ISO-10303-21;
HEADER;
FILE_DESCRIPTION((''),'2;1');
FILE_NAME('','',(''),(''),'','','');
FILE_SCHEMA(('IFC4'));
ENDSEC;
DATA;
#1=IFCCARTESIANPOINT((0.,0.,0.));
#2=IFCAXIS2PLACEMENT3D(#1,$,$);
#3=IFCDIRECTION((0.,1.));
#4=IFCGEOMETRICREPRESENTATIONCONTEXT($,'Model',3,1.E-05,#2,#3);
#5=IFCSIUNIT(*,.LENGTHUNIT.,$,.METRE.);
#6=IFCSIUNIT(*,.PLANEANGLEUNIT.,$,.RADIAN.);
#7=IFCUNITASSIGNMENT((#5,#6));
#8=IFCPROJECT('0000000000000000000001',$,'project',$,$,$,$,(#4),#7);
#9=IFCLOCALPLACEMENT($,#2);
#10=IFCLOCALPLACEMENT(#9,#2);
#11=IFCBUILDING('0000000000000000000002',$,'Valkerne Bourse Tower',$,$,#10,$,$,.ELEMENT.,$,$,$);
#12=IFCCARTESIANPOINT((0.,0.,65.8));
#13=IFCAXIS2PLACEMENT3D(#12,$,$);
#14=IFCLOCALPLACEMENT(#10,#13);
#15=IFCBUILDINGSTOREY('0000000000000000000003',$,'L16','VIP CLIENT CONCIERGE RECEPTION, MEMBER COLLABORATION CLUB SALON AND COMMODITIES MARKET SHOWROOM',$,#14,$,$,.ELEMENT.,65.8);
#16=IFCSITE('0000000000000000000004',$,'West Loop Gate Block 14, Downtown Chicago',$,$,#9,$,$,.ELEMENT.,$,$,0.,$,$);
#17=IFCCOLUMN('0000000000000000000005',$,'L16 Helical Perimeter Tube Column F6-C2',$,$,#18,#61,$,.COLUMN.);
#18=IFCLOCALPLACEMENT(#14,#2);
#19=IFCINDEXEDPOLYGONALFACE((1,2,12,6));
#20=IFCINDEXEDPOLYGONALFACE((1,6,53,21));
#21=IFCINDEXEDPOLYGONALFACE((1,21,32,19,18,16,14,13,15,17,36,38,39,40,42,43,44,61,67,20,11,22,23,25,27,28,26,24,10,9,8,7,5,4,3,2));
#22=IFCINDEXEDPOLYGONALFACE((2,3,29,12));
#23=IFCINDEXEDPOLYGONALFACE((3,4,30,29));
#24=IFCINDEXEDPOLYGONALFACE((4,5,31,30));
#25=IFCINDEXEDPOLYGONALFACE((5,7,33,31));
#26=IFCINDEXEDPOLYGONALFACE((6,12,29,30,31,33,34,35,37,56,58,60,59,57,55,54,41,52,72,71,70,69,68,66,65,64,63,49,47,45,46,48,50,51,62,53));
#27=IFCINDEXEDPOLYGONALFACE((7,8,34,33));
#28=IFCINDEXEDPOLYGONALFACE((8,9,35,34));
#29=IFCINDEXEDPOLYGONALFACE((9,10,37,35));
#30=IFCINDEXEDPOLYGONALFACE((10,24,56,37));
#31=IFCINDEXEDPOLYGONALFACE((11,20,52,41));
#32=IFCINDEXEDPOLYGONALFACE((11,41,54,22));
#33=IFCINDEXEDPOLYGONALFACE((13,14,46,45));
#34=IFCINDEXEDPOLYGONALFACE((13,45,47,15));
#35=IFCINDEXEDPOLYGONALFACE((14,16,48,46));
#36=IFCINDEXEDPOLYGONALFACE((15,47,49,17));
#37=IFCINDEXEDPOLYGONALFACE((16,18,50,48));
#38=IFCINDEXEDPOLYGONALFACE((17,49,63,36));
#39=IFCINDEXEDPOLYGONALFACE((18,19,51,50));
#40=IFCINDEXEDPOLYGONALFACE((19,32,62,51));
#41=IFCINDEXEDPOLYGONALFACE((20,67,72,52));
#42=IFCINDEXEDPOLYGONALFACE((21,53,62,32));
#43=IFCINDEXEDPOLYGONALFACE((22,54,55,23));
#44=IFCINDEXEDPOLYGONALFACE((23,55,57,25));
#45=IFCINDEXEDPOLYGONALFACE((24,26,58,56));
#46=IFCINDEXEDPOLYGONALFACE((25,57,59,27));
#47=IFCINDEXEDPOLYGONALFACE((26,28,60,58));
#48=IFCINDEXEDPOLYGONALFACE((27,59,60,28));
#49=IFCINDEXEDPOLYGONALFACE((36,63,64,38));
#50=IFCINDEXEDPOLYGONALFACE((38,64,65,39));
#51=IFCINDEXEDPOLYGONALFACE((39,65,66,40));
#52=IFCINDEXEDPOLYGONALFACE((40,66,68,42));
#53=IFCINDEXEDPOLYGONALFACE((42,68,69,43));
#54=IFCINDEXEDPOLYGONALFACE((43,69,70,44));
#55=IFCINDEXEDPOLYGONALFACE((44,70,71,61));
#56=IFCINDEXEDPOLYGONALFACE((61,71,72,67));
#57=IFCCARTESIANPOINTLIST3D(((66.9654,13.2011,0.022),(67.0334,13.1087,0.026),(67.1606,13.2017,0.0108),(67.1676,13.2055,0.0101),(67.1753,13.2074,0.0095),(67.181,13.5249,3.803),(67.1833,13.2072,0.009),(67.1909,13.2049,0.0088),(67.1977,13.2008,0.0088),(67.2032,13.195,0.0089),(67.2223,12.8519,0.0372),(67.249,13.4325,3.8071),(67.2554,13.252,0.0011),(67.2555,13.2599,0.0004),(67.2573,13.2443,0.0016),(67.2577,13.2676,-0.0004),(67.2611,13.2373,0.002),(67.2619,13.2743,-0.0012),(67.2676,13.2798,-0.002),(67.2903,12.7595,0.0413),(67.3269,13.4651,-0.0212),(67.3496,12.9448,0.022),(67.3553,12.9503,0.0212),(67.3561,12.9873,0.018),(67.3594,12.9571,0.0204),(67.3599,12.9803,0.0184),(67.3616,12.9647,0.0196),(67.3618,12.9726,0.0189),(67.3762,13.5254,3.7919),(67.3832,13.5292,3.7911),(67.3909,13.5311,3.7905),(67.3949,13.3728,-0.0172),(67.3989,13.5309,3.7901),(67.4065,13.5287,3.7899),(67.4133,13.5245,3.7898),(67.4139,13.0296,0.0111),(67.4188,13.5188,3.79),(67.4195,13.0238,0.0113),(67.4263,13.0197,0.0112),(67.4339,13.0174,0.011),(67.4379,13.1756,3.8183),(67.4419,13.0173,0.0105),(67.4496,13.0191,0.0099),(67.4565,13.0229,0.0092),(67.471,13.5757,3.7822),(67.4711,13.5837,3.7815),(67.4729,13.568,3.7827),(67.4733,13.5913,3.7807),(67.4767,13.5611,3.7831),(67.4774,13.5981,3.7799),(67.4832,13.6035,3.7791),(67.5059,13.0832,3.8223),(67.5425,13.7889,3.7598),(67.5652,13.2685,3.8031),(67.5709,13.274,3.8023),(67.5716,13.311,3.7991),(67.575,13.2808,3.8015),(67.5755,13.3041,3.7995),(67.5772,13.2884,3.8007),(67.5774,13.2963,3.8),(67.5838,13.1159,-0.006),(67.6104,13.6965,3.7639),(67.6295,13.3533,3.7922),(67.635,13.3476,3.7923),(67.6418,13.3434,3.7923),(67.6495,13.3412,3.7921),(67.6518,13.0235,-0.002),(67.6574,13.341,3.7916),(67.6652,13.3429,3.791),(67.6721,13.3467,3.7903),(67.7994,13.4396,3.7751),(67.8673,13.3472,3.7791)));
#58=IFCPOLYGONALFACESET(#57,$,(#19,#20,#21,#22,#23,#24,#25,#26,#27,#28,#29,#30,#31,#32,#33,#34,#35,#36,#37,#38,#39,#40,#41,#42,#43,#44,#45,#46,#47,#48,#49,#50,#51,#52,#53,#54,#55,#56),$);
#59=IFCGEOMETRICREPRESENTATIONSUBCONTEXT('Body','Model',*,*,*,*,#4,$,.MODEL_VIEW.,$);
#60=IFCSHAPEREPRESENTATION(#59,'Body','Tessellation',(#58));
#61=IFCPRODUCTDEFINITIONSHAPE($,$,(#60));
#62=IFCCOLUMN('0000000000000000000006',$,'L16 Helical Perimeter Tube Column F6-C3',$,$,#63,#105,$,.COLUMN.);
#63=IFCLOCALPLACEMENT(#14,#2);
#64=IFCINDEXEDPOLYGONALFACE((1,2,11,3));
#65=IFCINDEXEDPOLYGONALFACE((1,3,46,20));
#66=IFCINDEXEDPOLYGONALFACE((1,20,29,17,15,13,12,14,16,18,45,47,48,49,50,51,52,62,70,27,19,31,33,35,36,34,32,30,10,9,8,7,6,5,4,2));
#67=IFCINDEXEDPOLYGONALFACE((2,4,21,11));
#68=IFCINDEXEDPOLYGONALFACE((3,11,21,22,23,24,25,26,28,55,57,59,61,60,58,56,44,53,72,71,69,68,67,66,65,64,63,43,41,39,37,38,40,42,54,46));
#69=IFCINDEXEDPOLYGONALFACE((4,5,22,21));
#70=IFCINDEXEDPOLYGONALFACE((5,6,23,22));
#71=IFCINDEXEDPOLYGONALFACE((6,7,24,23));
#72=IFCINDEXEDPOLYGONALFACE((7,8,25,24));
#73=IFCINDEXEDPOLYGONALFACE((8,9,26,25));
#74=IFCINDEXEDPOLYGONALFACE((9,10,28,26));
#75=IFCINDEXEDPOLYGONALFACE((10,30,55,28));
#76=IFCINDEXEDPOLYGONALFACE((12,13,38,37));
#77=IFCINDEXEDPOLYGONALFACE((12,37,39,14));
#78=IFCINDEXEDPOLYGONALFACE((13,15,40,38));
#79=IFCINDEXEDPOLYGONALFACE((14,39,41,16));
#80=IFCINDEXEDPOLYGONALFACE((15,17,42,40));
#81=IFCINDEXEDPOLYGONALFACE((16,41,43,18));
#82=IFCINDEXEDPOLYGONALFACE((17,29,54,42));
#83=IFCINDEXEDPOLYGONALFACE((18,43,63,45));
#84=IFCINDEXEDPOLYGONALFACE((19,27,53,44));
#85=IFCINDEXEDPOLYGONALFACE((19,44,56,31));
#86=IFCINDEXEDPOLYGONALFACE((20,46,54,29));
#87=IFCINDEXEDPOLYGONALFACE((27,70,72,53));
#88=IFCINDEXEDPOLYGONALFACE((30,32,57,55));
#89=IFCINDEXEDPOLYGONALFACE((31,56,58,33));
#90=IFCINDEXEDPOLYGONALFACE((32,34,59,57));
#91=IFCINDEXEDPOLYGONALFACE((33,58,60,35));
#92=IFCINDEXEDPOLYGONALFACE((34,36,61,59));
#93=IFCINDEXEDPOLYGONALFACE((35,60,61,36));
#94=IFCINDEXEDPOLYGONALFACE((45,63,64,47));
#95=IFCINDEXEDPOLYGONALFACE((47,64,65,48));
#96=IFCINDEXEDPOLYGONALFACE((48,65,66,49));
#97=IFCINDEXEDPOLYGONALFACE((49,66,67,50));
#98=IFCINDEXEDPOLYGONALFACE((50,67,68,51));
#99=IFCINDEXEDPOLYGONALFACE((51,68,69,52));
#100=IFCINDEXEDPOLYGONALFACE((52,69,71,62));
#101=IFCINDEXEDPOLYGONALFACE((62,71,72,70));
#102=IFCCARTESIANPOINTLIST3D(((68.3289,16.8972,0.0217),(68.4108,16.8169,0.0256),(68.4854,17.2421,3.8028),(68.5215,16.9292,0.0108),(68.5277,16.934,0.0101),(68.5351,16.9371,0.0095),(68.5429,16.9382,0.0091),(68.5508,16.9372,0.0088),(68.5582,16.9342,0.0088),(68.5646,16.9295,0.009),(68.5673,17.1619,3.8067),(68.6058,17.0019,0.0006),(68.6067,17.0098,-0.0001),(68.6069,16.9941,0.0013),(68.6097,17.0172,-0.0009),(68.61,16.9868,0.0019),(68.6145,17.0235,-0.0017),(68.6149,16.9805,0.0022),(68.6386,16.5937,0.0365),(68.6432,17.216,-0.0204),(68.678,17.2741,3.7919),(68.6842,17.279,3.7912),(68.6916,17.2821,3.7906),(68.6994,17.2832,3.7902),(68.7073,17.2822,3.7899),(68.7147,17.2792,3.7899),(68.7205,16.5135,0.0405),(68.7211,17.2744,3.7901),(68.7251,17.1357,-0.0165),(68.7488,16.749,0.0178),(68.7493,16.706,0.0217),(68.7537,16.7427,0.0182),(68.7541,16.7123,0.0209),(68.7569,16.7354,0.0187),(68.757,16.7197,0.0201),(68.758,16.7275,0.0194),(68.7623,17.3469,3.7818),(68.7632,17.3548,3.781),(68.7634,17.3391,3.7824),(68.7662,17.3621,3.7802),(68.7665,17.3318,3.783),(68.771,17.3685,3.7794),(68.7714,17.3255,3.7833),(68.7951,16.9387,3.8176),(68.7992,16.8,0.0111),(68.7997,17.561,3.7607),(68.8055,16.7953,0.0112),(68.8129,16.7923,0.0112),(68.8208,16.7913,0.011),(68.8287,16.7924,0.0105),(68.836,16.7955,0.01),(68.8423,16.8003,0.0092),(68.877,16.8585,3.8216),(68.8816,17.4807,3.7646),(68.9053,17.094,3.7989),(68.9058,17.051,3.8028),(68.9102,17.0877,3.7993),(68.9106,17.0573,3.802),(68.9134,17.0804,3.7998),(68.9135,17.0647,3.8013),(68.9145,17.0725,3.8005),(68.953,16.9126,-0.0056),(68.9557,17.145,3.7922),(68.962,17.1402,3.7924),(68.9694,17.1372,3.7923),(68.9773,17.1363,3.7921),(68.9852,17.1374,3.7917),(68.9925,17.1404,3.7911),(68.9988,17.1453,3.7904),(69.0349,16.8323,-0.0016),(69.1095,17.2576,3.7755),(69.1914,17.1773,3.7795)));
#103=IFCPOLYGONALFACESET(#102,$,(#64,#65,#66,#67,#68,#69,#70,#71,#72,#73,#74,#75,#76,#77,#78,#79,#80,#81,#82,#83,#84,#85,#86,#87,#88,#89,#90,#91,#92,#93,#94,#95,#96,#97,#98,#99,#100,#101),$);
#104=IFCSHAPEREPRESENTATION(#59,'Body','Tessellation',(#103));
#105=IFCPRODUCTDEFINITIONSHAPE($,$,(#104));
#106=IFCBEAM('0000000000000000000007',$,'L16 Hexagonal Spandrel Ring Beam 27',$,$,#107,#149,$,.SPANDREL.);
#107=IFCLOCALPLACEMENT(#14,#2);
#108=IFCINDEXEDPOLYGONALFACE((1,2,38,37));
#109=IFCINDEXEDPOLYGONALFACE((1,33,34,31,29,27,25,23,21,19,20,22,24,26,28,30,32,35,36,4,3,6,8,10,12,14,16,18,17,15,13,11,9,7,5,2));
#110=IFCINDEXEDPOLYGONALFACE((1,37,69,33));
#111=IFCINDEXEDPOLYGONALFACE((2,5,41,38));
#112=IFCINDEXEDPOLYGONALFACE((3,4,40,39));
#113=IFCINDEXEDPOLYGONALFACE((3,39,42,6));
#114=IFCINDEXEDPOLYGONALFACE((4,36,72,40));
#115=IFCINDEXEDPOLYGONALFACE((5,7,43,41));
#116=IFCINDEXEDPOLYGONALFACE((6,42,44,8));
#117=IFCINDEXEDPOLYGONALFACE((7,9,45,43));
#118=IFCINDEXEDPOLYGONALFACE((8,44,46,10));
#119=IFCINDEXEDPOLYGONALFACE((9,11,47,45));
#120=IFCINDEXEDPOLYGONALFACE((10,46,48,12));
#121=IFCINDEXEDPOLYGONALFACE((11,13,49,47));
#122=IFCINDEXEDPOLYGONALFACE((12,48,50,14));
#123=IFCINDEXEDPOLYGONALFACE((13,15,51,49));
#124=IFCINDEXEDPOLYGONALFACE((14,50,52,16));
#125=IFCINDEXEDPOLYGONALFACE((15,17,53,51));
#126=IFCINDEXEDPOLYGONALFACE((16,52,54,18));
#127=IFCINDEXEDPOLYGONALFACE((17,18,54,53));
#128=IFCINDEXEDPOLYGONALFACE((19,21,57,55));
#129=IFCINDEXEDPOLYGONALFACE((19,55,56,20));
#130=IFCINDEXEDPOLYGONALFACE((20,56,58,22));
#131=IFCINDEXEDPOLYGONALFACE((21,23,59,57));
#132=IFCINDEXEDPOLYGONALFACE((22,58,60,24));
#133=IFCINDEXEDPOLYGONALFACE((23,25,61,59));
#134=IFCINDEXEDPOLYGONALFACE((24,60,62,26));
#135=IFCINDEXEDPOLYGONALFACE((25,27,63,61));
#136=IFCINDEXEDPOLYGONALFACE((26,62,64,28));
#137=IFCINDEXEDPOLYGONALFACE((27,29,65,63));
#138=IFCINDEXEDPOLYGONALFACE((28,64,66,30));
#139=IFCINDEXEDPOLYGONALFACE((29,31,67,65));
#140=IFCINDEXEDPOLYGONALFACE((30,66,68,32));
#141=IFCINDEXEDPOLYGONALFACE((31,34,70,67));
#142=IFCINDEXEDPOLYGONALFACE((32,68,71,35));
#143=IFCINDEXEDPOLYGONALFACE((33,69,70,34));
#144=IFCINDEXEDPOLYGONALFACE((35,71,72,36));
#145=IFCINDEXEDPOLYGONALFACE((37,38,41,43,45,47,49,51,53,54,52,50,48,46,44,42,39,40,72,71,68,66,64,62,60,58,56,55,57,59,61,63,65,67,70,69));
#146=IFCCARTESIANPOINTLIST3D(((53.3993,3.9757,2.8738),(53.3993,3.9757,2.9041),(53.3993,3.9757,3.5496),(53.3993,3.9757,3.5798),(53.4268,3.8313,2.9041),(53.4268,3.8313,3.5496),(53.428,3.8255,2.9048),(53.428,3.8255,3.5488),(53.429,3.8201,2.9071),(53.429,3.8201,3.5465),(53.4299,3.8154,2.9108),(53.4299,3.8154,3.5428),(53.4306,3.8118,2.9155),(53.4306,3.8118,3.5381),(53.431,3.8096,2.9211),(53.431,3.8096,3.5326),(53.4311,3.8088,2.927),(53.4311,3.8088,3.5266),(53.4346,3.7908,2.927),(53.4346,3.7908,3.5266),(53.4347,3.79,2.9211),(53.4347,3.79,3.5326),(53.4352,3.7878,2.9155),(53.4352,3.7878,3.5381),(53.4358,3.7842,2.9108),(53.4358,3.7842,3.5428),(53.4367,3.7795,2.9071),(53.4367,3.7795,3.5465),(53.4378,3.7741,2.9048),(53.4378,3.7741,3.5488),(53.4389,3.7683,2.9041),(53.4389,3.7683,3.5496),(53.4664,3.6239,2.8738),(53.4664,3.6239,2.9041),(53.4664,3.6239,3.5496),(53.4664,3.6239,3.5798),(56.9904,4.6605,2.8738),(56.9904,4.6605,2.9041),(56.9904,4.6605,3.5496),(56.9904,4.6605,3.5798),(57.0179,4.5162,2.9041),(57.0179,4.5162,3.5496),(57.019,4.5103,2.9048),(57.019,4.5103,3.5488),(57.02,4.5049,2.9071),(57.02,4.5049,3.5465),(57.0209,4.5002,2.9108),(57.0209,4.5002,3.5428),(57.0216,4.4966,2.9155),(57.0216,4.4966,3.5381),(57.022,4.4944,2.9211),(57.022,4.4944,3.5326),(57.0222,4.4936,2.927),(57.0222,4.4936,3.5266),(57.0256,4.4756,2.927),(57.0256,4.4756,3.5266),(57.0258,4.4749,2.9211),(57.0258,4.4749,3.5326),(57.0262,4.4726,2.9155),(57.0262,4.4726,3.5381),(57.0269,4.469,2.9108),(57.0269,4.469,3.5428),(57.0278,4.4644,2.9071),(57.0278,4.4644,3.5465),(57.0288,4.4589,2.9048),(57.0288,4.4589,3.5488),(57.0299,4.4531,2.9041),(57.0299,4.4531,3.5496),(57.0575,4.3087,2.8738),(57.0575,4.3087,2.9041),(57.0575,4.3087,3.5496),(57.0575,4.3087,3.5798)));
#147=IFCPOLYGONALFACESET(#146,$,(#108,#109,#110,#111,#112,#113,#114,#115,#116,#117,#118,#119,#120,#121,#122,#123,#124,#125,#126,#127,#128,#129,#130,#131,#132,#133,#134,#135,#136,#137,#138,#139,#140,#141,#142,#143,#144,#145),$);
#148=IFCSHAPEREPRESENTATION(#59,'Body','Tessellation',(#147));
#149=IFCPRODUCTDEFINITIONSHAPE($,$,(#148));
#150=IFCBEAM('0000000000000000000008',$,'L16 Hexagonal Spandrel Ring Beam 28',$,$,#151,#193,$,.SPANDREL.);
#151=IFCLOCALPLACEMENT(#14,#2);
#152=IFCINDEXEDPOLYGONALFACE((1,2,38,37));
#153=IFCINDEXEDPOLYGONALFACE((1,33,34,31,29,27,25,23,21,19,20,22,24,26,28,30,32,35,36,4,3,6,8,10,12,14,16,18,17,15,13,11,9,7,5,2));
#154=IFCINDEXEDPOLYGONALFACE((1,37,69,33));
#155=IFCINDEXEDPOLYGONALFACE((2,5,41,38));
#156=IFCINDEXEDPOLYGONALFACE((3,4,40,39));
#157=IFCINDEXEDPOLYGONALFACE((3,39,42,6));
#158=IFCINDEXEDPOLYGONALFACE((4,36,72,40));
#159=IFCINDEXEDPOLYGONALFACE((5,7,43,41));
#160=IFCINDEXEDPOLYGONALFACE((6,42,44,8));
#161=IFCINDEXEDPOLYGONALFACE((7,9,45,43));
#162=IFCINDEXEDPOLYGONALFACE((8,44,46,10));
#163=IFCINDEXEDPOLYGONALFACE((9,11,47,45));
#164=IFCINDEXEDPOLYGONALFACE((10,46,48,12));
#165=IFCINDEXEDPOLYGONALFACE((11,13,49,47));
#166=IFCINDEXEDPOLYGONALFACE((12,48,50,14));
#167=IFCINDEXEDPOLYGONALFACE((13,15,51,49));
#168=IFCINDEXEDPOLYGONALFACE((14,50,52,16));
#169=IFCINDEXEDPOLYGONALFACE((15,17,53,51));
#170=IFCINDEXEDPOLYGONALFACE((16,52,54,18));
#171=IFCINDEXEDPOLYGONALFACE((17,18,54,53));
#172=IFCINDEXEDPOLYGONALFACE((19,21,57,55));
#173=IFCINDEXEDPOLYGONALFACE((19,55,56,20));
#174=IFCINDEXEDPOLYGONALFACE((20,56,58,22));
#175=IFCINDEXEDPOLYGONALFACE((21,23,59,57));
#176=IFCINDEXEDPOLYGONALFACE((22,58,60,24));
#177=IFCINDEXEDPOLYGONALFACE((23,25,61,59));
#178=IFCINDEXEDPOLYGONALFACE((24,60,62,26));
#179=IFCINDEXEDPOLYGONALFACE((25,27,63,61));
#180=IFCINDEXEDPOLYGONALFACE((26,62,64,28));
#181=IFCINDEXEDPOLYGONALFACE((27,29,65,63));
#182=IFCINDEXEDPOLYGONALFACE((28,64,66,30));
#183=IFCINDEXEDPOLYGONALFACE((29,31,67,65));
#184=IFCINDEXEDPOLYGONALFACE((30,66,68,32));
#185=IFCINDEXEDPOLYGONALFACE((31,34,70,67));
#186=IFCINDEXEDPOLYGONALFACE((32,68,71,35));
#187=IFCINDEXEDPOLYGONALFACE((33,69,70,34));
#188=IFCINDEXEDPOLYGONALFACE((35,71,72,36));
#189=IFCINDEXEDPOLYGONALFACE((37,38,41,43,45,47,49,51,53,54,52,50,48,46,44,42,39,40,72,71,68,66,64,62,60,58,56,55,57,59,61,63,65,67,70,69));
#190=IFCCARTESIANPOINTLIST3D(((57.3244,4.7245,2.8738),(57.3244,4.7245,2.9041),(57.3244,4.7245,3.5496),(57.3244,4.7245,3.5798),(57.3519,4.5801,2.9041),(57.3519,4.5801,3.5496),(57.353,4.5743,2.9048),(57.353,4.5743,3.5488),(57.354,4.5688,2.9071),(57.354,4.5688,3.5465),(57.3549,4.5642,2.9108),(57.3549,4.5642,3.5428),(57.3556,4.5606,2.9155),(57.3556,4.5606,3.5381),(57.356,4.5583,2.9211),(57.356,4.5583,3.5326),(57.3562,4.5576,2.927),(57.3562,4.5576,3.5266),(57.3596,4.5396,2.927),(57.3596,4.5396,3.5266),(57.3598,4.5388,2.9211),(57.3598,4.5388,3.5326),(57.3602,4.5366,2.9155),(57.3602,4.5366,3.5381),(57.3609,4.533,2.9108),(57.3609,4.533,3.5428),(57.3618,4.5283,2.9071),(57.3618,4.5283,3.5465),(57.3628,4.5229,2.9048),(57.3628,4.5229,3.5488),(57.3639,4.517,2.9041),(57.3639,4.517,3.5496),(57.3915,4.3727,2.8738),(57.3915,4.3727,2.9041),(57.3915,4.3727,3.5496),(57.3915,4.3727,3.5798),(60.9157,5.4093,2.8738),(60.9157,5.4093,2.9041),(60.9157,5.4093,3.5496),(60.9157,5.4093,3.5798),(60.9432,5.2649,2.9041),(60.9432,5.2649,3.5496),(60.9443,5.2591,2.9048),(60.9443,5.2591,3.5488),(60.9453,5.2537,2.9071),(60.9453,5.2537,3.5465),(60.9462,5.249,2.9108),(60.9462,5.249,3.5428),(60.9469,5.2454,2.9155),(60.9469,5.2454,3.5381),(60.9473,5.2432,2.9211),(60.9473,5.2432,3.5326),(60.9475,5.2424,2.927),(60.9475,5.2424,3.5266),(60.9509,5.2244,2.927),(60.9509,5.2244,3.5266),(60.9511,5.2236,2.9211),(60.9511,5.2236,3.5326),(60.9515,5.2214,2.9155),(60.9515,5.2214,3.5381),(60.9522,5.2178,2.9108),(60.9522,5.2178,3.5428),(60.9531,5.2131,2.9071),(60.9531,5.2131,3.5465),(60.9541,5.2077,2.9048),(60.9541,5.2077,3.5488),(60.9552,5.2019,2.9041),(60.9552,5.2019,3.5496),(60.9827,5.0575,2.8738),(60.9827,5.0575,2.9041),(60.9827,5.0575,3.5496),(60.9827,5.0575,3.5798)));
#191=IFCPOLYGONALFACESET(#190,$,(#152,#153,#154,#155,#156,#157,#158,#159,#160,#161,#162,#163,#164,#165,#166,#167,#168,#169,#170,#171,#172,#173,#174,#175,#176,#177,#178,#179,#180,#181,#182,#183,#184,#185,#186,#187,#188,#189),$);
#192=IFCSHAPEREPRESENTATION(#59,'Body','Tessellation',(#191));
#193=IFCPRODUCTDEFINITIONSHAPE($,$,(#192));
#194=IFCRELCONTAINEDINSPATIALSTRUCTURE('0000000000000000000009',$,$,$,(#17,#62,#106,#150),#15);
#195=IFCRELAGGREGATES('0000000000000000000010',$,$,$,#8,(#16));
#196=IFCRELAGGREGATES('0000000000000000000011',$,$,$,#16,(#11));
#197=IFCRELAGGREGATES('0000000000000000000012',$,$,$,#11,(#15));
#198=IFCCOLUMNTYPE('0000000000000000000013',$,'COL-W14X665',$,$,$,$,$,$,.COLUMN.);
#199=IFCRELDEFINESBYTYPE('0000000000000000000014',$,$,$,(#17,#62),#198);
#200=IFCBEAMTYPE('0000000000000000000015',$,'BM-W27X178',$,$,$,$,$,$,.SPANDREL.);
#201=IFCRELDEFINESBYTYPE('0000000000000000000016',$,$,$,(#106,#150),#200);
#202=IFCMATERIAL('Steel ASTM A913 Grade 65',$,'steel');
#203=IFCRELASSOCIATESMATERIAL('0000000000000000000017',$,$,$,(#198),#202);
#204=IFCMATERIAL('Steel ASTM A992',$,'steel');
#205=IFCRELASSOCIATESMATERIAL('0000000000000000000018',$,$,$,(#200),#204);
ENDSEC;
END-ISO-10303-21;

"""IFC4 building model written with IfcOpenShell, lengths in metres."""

from ifc_helpers import new_model, si_unit, direction, frame, origin, origin_2d, place, context, subcontext, project, spatial, i_section, extrude, material, material_profile, profile_set, type_object, element, save


model = new_model("IFC4")

# Units and contexts
model_context = context("Model", 3, precision=1e-05, world=origin(), true_north=direction((0.0, 1.0)))
body_context = subcontext(model_context, "Body", "Model", "MODEL_VIEW")
ifc_project = project(units=[si_unit("LENGTHUNIT", "METRE"), si_unit("PLANEANGLEUNIT", "RADIAN")], contexts=[model_context])

# Site, building, storey
site_placement = place(None, origin())
site = spatial("IfcSite", under=ifc_project, at=site_placement, Name="West Loop Gate Block 14, Downtown Chicago", CompositionType="ELEMENT", RefElevation=0.0)
building_placement = place(site_placement, origin())
building = spatial("IfcBuilding", under=site, at=building_placement, Name="Valkerne Bourse Tower", CompositionType="ELEMENT")
storey_placement = place(building_placement, frame((0.0, 0.0, 65.8)))
storey = spatial("IfcBuildingStorey", under=building, at=storey_placement, Name="L16", Description="VIP CLIENT CONCIERGE RECEPTION, MEMBER COLLABORATION CLUB SALON AND COMMODITIES MARKET SHOWROOM", CompositionType="ELEMENT", Elevation=65.8)

# Columns
ifc_material_1 = material(Name="Steel ASTM A913 Grade 65", Category="steel")
ifc_material_profile_1 = material_profile(ifc_material_1, i_section(OverallWidth=0.4497, OverallDepth=0.5486, WebThickness=0.072, FlangeThickness=0.1147, FilletRadius=0.0305, at=origin_2d()), Name="W14X665")
ifc_profile_set_1 = profile_set([ifc_material_profile_1], Name="Steel ASTM A913 Grade 65")
column_type = type_object("IfcColumnType", Name="COL-W14X665", PredefinedType="COLUMN", material=ifc_profile_set_1)
column_1_placement = place(storey_placement, frame((67.3086, 13.1123, 0.01), z_axis=(0.056716, 0.085171, 0.994751), x_axis=(-0.803817, -0.587064, 0.096095)))
element("IfcColumn", 1, at=column_1_placement, inside=storey, type_object=column_type, Name="L16 Helical Perimeter Tube Column F6-C2", PredefinedType="COLUMN", context=body_context, shape_type="SweptSolid", body=[
    extrude(i_section(OverallWidth=0.4497, OverallDepth=0.5486, WebThickness=0.072, FlangeThickness=0.1147, FilletRadius=0.0305, at=origin_2d()), origin(), (0.0, 0.0, 1.0), 3.801),
])
column_2_placement = place(storey_placement, frame((68.6819, 16.8647, 0.01), z_axis=(0.041183, 0.090783, 0.995019), x_axis=(-0.698991, -0.708976, 0.093616)))
element("IfcColumn", 2, at=column_2_placement, inside=storey, type_object=column_type, Name="L16 Helical Perimeter Tube Column F6-C3", PredefinedType="COLUMN", context=body_context, shape_type="SweptSolid", body=[
    extrude(i_section(OverallWidth=0.4497, OverallDepth=0.5486, WebThickness=0.072, FlangeThickness=0.1147, FilletRadius=0.0305, at=origin_2d()), origin(), (0.0, 0.0, 1.0), 3.8),
])

# Beams
ifc_material_2 = material(Name="Steel ASTM A992", Category="steel")
ifc_material_profile_2 = material_profile(ifc_material_2, i_section(OverallWidth=0.3582, OverallDepth=0.7061, WebThickness=0.0183, FlangeThickness=0.0303, FilletRadius=0.0229, at=origin_2d()), Name="W27X178")
ifc_profile_set_2 = profile_set([ifc_material_profile_2], Name="Steel ASTM A992")
beam_type = type_object("IfcBeamType", Name="BM-W27X178", PredefinedType="SPANDREL", material=ifc_profile_set_2)
beam_1_placement = place(storey_placement, frame((53.4329, 3.7998, 3.2268), z_axis=(0.982298, 0.187324, 0.0), x_axis=(-0.187324, 0.982298, 0.0)))
element("IfcBeam", 3, at=beam_1_placement, inside=storey, type_object=beam_type, Name="L16 Hexagonal Spandrel Ring Beam 27", PredefinedType="SPANDREL", context=body_context, shape_type="SweptSolid", body=[
    extrude(i_section(OverallWidth=0.3582, OverallDepth=0.7061, WebThickness=0.0183, FlangeThickness=0.0303, FilletRadius=0.0229, at=origin_2d()), origin(), (0.0, 0.0, 1.0), 3.6558),
])
beam_2_placement = place(storey_placement, frame((57.3579, 4.5486, 3.2268), z_axis=(0.982301, 0.187312, 0.0), x_axis=(-0.187312, 0.982301, 0.0)))
element("IfcBeam", 4, at=beam_2_placement, inside=storey, type_object=beam_type, Name="L16 Hexagonal Spandrel Ring Beam 28", PredefinedType="SPANDREL", context=body_context, shape_type="SweptSolid", body=[
    extrude(i_section(OverallWidth=0.3582, OverallDepth=0.7061, WebThickness=0.0183, FlangeThickness=0.0303, FilletRadius=0.0229, at=origin_2d()), origin(), (0.0, 0.0, 1.0), 3.656),
])

save(model, "model.ifc")
